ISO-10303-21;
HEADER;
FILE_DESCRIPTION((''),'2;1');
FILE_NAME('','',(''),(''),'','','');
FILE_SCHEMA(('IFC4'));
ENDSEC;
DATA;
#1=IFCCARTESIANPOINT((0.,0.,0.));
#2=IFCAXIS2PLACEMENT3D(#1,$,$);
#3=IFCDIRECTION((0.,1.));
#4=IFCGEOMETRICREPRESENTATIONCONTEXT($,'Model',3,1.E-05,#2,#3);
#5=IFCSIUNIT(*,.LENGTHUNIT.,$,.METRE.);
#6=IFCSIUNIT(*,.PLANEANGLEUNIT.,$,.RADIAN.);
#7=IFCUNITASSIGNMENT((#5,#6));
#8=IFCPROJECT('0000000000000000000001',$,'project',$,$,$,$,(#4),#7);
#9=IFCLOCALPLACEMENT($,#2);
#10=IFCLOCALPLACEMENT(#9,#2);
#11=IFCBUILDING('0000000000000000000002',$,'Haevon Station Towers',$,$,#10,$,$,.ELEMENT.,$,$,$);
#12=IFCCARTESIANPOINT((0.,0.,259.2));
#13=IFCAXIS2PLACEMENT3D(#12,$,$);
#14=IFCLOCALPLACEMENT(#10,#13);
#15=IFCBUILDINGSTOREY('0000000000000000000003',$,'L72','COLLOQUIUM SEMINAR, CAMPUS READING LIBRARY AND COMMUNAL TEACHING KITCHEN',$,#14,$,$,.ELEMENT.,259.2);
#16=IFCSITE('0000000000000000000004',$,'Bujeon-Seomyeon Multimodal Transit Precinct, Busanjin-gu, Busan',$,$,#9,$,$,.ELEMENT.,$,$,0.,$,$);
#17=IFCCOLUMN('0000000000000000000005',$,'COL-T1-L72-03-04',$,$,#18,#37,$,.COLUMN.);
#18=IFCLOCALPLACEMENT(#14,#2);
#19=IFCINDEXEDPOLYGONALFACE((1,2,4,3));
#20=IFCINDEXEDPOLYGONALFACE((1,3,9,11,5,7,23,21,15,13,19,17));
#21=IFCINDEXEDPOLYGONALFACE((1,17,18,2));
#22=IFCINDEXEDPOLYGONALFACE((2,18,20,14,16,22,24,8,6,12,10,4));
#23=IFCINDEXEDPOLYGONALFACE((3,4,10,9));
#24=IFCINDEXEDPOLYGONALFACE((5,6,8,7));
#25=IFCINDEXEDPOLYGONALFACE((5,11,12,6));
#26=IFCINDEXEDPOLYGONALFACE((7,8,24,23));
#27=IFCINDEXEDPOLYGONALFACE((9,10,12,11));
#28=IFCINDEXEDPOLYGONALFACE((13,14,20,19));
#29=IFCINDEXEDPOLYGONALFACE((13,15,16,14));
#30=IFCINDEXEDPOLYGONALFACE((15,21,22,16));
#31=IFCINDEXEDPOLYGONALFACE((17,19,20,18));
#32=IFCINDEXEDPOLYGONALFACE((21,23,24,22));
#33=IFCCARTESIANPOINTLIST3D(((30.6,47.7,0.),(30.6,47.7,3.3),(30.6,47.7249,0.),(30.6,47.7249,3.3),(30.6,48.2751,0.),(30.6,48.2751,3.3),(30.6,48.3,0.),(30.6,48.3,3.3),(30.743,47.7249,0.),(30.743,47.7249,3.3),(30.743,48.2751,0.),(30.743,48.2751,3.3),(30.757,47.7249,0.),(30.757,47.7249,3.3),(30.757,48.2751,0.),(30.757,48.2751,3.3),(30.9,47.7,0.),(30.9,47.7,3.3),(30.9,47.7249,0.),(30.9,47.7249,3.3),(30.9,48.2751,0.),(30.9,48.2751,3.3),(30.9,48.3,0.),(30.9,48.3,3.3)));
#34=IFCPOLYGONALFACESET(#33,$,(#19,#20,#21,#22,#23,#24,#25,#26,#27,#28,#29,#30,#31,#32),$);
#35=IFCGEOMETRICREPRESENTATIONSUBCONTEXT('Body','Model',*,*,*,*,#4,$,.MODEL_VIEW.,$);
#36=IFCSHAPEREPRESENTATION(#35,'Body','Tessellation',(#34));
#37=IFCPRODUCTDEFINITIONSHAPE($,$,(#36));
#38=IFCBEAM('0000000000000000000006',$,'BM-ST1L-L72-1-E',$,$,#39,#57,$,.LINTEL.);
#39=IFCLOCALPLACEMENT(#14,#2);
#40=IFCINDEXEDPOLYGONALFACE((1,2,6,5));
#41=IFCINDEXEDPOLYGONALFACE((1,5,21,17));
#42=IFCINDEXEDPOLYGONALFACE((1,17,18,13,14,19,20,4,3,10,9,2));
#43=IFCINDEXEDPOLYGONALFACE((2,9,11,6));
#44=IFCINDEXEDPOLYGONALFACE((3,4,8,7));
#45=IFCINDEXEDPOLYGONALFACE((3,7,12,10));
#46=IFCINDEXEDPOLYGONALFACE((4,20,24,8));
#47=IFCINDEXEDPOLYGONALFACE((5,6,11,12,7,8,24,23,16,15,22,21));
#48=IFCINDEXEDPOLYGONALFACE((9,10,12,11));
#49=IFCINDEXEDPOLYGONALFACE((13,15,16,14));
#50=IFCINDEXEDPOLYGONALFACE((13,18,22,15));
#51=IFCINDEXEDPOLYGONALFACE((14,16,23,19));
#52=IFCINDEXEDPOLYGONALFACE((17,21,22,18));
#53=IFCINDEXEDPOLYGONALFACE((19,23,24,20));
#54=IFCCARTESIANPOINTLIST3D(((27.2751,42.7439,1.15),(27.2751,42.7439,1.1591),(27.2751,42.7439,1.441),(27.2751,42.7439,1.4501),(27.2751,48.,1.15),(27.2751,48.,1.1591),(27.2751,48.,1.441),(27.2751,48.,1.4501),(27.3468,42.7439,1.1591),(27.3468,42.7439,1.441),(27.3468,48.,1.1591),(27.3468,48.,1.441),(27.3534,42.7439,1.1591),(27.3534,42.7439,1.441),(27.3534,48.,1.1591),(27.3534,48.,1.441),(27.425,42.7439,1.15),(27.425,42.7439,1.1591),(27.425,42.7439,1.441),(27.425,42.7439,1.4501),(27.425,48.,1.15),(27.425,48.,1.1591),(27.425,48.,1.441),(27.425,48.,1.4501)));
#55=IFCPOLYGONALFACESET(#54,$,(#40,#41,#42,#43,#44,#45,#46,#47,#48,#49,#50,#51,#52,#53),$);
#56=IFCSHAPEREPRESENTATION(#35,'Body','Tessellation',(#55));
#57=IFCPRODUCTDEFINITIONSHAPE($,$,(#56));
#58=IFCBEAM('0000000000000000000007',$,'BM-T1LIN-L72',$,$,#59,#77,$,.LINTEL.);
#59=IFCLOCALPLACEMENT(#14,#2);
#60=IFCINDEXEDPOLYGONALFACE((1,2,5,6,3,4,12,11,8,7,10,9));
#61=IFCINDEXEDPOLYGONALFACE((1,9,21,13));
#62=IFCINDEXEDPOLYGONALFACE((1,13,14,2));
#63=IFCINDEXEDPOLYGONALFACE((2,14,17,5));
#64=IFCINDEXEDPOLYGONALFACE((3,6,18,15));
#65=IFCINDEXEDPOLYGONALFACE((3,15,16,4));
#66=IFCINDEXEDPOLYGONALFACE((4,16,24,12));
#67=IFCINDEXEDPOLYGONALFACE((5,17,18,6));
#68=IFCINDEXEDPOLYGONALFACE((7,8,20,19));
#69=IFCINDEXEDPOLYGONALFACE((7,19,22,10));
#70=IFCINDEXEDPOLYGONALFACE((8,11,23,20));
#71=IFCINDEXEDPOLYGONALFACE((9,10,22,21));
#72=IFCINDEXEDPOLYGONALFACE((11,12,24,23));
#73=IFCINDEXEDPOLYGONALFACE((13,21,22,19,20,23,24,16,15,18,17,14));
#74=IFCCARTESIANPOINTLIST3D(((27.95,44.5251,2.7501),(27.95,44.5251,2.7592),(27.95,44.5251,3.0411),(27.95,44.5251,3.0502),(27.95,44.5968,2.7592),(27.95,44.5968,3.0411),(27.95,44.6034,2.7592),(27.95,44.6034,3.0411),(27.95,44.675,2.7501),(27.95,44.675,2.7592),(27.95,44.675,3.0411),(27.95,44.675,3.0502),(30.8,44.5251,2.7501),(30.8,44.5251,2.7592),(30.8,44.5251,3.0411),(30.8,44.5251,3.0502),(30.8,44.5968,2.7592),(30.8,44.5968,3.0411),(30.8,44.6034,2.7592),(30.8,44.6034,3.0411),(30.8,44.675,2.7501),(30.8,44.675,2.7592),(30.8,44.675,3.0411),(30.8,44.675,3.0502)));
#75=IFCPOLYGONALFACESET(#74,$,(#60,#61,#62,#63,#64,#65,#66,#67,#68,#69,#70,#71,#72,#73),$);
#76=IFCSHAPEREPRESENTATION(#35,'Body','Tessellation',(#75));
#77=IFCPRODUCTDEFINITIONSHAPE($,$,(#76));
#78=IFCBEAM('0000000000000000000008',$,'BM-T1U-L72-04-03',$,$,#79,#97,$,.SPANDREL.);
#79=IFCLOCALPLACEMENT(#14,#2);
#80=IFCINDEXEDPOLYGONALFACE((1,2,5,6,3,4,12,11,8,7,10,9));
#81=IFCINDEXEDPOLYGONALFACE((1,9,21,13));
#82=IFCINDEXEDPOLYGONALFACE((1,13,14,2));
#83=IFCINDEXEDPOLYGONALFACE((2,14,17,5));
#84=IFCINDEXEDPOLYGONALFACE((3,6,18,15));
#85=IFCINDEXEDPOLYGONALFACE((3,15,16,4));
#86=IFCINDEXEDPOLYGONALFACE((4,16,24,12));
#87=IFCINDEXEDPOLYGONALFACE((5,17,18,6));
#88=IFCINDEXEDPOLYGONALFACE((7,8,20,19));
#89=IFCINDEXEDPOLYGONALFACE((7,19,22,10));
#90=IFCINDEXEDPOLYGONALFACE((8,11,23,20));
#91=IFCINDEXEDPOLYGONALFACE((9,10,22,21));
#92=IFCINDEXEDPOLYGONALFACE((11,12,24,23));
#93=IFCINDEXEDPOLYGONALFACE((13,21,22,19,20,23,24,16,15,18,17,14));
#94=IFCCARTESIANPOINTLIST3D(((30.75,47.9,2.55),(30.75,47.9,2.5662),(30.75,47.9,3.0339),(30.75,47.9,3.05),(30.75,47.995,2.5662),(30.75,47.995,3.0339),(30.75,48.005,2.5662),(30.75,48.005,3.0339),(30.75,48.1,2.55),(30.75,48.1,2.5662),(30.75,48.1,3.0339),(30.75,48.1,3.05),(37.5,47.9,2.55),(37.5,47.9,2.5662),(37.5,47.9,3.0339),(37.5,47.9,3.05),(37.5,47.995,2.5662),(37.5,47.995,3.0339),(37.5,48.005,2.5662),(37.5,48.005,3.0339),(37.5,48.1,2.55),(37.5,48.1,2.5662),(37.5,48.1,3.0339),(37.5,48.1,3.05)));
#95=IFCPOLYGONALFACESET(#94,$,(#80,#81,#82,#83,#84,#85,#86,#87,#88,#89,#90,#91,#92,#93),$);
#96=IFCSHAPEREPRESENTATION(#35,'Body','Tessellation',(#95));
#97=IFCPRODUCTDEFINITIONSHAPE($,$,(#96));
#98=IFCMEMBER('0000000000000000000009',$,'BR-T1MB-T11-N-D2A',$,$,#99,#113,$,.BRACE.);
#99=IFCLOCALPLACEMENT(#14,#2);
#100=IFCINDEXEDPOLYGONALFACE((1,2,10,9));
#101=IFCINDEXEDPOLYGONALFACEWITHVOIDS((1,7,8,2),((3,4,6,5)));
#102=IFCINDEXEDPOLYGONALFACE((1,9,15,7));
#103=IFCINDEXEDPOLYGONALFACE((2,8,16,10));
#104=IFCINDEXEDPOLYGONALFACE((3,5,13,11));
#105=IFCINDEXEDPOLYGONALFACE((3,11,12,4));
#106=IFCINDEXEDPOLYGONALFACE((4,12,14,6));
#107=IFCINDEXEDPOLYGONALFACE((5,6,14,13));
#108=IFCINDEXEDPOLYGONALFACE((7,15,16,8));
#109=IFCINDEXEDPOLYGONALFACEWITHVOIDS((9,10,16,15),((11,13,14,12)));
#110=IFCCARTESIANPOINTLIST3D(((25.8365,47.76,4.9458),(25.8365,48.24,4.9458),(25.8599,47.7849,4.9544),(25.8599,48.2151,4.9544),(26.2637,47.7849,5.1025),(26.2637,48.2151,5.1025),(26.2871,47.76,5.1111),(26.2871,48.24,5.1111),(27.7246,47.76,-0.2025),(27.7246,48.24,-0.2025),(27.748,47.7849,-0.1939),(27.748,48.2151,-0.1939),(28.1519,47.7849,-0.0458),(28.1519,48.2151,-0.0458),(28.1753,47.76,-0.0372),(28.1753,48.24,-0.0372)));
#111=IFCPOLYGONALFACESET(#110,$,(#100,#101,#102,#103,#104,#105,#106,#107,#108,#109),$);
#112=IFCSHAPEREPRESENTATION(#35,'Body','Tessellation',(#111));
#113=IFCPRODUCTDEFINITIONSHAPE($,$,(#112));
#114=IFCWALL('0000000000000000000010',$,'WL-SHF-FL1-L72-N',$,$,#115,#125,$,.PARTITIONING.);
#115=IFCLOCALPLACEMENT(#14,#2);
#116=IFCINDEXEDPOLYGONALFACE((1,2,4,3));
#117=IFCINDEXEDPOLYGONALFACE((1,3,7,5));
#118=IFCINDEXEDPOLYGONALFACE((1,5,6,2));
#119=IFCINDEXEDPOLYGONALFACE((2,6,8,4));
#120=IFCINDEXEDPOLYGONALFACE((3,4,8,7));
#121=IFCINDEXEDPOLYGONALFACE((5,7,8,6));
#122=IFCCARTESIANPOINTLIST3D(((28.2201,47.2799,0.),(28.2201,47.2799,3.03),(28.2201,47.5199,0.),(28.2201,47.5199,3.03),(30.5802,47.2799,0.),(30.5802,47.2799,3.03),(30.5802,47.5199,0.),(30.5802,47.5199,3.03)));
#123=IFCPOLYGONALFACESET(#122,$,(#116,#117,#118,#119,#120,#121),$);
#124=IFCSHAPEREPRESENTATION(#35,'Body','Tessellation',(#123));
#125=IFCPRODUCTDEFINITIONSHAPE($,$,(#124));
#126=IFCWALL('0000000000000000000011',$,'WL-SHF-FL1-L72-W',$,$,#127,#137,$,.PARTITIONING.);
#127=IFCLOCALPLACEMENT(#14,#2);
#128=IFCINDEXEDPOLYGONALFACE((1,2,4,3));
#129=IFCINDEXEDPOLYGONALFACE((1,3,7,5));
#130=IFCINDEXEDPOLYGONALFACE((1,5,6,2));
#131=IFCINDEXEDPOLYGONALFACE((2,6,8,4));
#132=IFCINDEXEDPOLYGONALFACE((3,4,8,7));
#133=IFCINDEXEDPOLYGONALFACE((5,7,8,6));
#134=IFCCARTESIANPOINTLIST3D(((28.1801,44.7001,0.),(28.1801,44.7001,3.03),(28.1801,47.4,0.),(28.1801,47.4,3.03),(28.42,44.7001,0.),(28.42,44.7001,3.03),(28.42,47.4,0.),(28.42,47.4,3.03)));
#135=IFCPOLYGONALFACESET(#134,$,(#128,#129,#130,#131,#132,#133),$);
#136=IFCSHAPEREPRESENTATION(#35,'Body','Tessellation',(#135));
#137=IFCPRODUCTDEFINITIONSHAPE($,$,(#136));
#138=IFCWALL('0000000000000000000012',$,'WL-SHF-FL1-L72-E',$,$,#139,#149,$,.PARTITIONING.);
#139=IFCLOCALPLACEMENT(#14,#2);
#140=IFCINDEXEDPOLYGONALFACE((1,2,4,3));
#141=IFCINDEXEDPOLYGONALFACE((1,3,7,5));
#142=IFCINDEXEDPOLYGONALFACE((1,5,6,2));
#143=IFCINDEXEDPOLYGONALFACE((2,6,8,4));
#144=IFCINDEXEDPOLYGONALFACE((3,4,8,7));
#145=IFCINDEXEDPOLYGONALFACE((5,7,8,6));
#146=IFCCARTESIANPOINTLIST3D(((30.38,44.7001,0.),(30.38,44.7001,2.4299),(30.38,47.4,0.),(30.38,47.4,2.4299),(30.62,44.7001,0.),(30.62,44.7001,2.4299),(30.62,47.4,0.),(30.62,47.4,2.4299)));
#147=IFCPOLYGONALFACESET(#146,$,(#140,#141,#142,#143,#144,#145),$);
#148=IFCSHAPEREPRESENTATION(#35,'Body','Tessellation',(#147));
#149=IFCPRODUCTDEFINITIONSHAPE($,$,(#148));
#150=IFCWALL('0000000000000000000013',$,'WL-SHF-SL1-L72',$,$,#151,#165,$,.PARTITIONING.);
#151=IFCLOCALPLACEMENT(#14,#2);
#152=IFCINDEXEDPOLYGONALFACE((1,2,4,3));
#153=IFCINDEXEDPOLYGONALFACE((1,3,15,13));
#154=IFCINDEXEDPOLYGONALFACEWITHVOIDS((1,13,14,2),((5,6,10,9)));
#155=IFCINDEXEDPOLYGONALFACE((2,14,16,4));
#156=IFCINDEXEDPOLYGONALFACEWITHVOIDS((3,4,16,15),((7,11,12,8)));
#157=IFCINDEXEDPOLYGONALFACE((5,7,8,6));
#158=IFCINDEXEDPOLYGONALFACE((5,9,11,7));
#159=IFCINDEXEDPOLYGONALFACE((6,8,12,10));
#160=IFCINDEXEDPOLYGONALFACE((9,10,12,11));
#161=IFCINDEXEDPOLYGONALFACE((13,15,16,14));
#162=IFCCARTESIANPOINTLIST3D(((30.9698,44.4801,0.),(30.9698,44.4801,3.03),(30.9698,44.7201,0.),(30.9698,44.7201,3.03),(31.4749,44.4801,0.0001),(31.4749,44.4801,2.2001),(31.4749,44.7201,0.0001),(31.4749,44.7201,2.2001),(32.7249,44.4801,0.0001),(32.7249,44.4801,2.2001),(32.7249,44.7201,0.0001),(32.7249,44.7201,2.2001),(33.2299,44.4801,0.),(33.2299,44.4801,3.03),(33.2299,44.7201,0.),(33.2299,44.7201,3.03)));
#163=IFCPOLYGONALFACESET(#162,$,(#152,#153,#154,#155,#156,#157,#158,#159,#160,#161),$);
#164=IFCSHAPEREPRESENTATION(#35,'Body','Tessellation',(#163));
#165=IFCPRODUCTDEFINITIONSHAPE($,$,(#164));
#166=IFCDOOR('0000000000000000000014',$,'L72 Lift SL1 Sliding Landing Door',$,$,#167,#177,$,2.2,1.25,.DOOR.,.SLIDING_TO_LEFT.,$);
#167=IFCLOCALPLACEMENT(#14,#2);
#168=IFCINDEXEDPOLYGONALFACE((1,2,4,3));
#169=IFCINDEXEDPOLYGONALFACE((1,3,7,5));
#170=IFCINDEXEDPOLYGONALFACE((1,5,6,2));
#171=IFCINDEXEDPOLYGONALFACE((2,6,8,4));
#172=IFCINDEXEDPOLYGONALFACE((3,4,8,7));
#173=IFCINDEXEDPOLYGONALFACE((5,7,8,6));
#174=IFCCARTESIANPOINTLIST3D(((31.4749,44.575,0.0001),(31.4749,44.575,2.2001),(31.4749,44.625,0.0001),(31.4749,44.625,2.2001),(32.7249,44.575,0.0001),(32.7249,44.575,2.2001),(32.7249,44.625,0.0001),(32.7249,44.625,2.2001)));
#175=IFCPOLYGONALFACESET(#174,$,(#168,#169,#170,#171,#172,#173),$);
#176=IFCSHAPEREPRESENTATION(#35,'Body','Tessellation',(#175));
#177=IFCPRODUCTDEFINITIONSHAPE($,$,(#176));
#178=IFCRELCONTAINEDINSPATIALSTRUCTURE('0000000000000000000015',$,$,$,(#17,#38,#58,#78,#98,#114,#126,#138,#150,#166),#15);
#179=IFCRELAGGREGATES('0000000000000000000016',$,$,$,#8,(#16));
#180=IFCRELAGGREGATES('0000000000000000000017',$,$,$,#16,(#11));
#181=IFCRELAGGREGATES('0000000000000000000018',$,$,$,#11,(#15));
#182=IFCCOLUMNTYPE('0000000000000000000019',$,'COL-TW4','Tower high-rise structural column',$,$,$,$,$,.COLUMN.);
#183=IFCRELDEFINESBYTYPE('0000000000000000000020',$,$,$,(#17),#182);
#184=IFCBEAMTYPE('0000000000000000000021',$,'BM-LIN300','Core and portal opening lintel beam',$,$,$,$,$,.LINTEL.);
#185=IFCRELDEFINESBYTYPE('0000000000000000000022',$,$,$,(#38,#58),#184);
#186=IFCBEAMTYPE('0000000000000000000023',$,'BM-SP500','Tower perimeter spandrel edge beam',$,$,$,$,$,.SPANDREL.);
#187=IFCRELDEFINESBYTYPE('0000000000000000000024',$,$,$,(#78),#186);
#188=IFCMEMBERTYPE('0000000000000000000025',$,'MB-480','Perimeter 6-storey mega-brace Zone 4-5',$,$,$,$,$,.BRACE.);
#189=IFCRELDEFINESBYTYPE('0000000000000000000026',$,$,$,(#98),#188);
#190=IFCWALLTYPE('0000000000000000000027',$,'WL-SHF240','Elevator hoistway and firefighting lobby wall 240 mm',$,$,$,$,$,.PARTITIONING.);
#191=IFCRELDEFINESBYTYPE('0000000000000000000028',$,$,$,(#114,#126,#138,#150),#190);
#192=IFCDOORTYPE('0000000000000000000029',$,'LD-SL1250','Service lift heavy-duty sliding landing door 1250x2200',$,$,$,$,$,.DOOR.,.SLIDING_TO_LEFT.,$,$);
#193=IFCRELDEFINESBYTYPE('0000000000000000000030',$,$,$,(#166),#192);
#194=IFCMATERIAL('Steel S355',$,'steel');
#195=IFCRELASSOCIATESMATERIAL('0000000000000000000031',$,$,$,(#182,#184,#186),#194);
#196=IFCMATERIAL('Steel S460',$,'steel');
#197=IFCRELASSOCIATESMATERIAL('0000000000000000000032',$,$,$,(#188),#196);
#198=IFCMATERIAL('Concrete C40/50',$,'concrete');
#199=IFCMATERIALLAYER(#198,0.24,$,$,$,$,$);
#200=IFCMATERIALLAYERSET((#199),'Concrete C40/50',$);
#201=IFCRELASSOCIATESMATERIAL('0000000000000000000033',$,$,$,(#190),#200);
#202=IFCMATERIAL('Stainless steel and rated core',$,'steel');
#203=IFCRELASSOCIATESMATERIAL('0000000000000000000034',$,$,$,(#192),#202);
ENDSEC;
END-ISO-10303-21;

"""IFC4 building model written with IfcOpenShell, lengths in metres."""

from ifc_helpers import new_model, si_unit, direction, frame, frame_2d, origin, origin_2d, place, context, subcontext, project, spatial, rectangle, hollow_rectangle, i_section, extrude, material, layer, layer_set, material_profile, profile_set, type_object, element, fill, save


model = new_model("IFC4")

# Units and contexts
model_context = context("Model", 3, precision=1e-05, world=origin(), true_north=direction((0.0, 1.0)))
body_context = subcontext(model_context, "Body", "Model", "MODEL_VIEW")
ifc_project = project(units=[si_unit("LENGTHUNIT", "METRE"), si_unit("PLANEANGLEUNIT", "RADIAN")], contexts=[model_context])

# Site, building, storey
site_placement = place(None, origin())
site = spatial("IfcSite", under=ifc_project, at=site_placement, Name="Bujeon-Seomyeon Multimodal Transit Precinct, Busanjin-gu, Busan", CompositionType="ELEMENT", RefElevation=0.0)
building_placement = place(site_placement, origin())
building = spatial("IfcBuilding", under=site, at=building_placement, Name="Haevon Station Towers", CompositionType="ELEMENT")
storey_placement = place(building_placement, frame((0.0, 0.0, 259.2)))
storey = spatial("IfcBuildingStorey", under=building, at=storey_placement, Name="L72", Description="COLLOQUIUM SEMINAR, CAMPUS READING LIBRARY AND COMMUNAL TEACHING KITCHEN", CompositionType="ELEMENT", Elevation=259.2)

# Column
ifc_material_1 = material(Name="Steel S355", Category="steel")
ifc_material_profile_1 = material_profile(ifc_material_1, i_section(OverallWidth=0.3, OverallDepth=0.6001, WebThickness=0.0139, FlangeThickness=0.0249, at=origin_2d()), Name="H-600x300x14x25")
ifc_profile_set_1 = profile_set([ifc_material_profile_1], Name="Steel S355")
column_type = type_object("IfcColumnType", Name="COL-TW4", Description="Tower high-rise structural column", PredefinedType="COLUMN", material=ifc_profile_set_1)
column_placement = place(storey_placement, frame((30.75, 48.0, 0.0), z_axis=(0.0, 0.0, 1.0), x_axis=(1.0, 0.0, 0.0)))
element("IfcColumn", 1, at=column_placement, inside=storey, type_object=column_type, Name="COL-T1-L72-03-04", PredefinedType="COLUMN", context=body_context, shape_type="SweptSolid", body=[
    extrude(i_section(OverallWidth=0.3, OverallDepth=0.6001, WebThickness=0.0139, FlangeThickness=0.0249, at=origin_2d()), origin(), (0.0, 0.0, 1.0), 3.3),
])

# Beams
ifc_material_profile_2 = material_profile(ifc_material_1, i_section(OverallWidth=0.1499, OverallDepth=0.3, WebThickness=0.0066, FlangeThickness=0.009, at=origin_2d()), Name="H-300x150x6.5x9")
ifc_profile_set_2 = profile_set([ifc_material_profile_2], Name="Steel S355")
beam_type_1 = type_object("IfcBeamType", Name="BM-LIN300", Description="Core and portal opening lintel beam", PredefinedType="LINTEL", material=ifc_profile_set_2)
beam_1_placement = place(storey_placement, frame((27.3501, 42.7439, 1.3), z_axis=(0.0, 1.0, 0.0), x_axis=(-1.0, 0.0, 0.0)))
element("IfcBeam", 2, at=beam_1_placement, inside=storey, type_object=beam_type_1, Name="BM-ST1L-L72-1-E", PredefinedType="LINTEL", context=body_context, shape_type="SweptSolid", body=[
    extrude(i_section(OverallWidth=0.1499, OverallDepth=0.3, WebThickness=0.0066, FlangeThickness=0.009, at=origin_2d()), origin(), (0.0, 0.0, 1.0), 5.2561),
])
beam_2_placement = place(storey_placement, frame((27.95, 44.6001, 2.9001), z_axis=(1.0, 0.0, 0.0), x_axis=(0.0, 1.0, 0.0)))
element("IfcBeam", 3, at=beam_2_placement, inside=storey, type_object=beam_type_1, Name="BM-T1LIN-L72", PredefinedType="LINTEL", context=body_context, shape_type="SweptSolid", body=[
    extrude(i_section(OverallWidth=0.1499, OverallDepth=0.3, WebThickness=0.0066, FlangeThickness=0.009, at=origin_2d()), origin(), (0.0, 0.0, 1.0), 2.8501),
])
ifc_material_profile_3 = material_profile(ifc_material_1, i_section(OverallWidth=0.2, OverallDepth=0.5, WebThickness=0.01, FlangeThickness=0.0161, at=origin_2d()), Name="H-500x200x10x16")
ifc_profile_set_3 = profile_set([ifc_material_profile_3], Name="Steel S355")
beam_type_2 = type_object("IfcBeamType", Name="BM-SP500", Description="Tower perimeter spandrel edge beam", PredefinedType="SPANDREL", material=ifc_profile_set_3)
beam_3_placement = place(storey_placement, frame((30.75, 48.0, 2.8), z_axis=(1.0, 0.0, 0.0), x_axis=(0.0, 1.0, 0.0)))
element("IfcBeam", 4, at=beam_3_placement, inside=storey, type_object=beam_type_2, Name="BM-T1U-L72-04-03", PredefinedType="SPANDREL", context=body_context, shape_type="SweptSolid", body=[
    extrude(i_section(OverallWidth=0.2, OverallDepth=0.5, WebThickness=0.01, FlangeThickness=0.0161, at=origin_2d()), origin(), (0.0, 0.0, 1.0), 6.75),
])

# Member
ifc_material_2 = material(Name="Steel S460", Category="steel")
ifc_material_profile_4 = material_profile(ifc_material_2, hollow_rectangle(XDim=0.48, YDim=0.48, WallThickness=0.0249, at=origin_2d()), Name="RHS-480x480x25")
ifc_profile_set_4 = profile_set([ifc_material_profile_4], Name="Steel S460")
member_type = type_object("IfcMemberType", Name="MB-480", Description="Perimeter 6-storey mega-brace Zone 4-5", PredefinedType="BRACE", material=ifc_profile_set_4)
member_placement = place(storey_placement, frame((27.95, 48.0, -0.1199), z_axis=(-0.344323, 0.0, 0.938851), x_axis=(0.0, -1.0, 0.0)))
element("IfcMember", 5, at=member_placement, inside=storey, type_object=member_type, Name="BR-T1MB-T11-N-D2A", PredefinedType="BRACE", context=body_context, shape_type="SweptSolid", body=[
    extrude(hollow_rectangle(XDim=0.48, YDim=0.48, WallThickness=0.0249, at=origin_2d()), origin(), (0.0, 0.0, 1.0), 5.4836),
])

# Shared definitions
ifc_material_3 = material(Name="Concrete C40/50", Category="concrete")
ifc_layer = layer(ifc_material_3, 0.24)
ifc_layer_set = layer_set([ifc_layer], Name="Concrete C40/50")
wall_type = type_object("IfcWallType", Name="WL-SHF240", Description="Elevator hoistway and firefighting lobby wall 240 mm", PredefinedType="PARTITIONING", material=ifc_layer_set)
ifc_material_4 = material(Name="Stainless steel and rated core", Category="steel")

# Walls
wall_1_placement = place(storey_placement, frame((28.22, 47.3999, 0.0), z_axis=(0.0, 0.0, 1.0), x_axis=(1.0, 0.0, 0.0)))
element("IfcWall", 6, at=wall_1_placement, inside=storey, type_object=wall_type, Name="WL-SHF-FL1-L72-N", PredefinedType="PARTITIONING", context=body_context, shape_type="SweptSolid", body=[
    extrude(rectangle(XDim=2.3601, YDim=0.24, at=frame_2d((1.1802, 0.0))), origin(), (0.0, 0.0, 1.0), 3.03),
])
wall_2_placement = place(storey_placement, frame((28.3, 44.7, 0.0), z_axis=(0.0, 0.0, 1.0), x_axis=(0.0, 1.0, 0.0)))
element("IfcWall", 7, at=wall_2_placement, inside=storey, type_object=wall_type, Name="WL-SHF-FL1-L72-W", PredefinedType="PARTITIONING", context=body_context, shape_type="SweptSolid", body=[
    extrude(rectangle(XDim=2.7, YDim=0.24, at=frame_2d((1.3501, 0.0))), origin(), (0.0, 0.0, 1.0), 3.03),
])
wall_3_placement = place(storey_placement, frame((30.5, 44.7, 0.0), z_axis=(0.0, 0.0, 1.0), x_axis=(0.0, 1.0, 0.0)))
element("IfcWall", 8, at=wall_3_placement, inside=storey, type_object=wall_type, Name="WL-SHF-FL1-L72-E", PredefinedType="PARTITIONING", context=body_context, shape_type="SweptSolid", body=[
    extrude(rectangle(XDim=2.7, YDim=0.24, at=frame_2d((1.3501, 0.0))), origin(), (0.0, 0.0, 1.0), 2.4299),
])

# Wall, opening, door
wall_4_placement = place(storey_placement, frame((30.97, 44.6001, 0.0), z_axis=(0.0, 0.0, 1.0), x_axis=(1.0, 0.0, 0.0)))
wall_4 = element("IfcWall", 9, at=wall_4_placement, inside=storey, type_object=wall_type, Name="WL-SHF-SL1-L72", PredefinedType="PARTITIONING", context=body_context, shape_type="SweptSolid", body=[
    extrude(rectangle(XDim=2.26, YDim=0.24, at=frame_2d((1.1299, 0.0))), origin(), (0.0, 0.0, 1.0), 3.03),
])
opening_1_placement = place(wall_4_placement, frame((0.5049, 0.0, 0.0)))
opening_1 = element("IfcOpeningElement", 10, at=opening_1_placement, cuts=wall_4, PredefinedType="OPENING", context=body_context, shape_type="SweptSolid", body=[
    extrude(rectangle(XDim=1.25, YDim=2.2, at=frame_2d((0.625, 1.1001))), frame((0.0, 0.1299, 0.0), z_axis=(0.0, -1.0, 0.0), x_axis=(1.0, 0.0, 0.0)), (0.0, 0.0, 1.0), 0.26),
])
door_type_1 = type_object("IfcDoorType", Name="LD-SL1250", Description="Service lift heavy-duty sliding landing door 1250x2200", OperationType="SLIDING_TO_LEFT", PredefinedType="DOOR", material=ifc_material_4)
door_1_placement = place(opening_1_placement, origin())
door_1 = element("IfcDoor", 11, at=door_1_placement, inside=storey, type_object=door_type_1, Name="L72 Lift SL1 Sliding Landing Door", OperationType="SLIDING_TO_LEFT", OverallHeight=2.2, OverallWidth=1.25, PredefinedType="DOOR", context=body_context, shape_type="SweptSolid", body=[
    extrude(rectangle(XDim=1.25, YDim=2.2, at=frame_2d((0.625, 1.1001))), frame((0.0, 0.0249, 0.0), z_axis=(0.0, -1.0, 0.0), x_axis=(1.0, 0.0, 0.0)), (0.0, 0.0, 1.0), 0.05),
])
fill(opening_1, door_1)

save(model, "model.ifc")
